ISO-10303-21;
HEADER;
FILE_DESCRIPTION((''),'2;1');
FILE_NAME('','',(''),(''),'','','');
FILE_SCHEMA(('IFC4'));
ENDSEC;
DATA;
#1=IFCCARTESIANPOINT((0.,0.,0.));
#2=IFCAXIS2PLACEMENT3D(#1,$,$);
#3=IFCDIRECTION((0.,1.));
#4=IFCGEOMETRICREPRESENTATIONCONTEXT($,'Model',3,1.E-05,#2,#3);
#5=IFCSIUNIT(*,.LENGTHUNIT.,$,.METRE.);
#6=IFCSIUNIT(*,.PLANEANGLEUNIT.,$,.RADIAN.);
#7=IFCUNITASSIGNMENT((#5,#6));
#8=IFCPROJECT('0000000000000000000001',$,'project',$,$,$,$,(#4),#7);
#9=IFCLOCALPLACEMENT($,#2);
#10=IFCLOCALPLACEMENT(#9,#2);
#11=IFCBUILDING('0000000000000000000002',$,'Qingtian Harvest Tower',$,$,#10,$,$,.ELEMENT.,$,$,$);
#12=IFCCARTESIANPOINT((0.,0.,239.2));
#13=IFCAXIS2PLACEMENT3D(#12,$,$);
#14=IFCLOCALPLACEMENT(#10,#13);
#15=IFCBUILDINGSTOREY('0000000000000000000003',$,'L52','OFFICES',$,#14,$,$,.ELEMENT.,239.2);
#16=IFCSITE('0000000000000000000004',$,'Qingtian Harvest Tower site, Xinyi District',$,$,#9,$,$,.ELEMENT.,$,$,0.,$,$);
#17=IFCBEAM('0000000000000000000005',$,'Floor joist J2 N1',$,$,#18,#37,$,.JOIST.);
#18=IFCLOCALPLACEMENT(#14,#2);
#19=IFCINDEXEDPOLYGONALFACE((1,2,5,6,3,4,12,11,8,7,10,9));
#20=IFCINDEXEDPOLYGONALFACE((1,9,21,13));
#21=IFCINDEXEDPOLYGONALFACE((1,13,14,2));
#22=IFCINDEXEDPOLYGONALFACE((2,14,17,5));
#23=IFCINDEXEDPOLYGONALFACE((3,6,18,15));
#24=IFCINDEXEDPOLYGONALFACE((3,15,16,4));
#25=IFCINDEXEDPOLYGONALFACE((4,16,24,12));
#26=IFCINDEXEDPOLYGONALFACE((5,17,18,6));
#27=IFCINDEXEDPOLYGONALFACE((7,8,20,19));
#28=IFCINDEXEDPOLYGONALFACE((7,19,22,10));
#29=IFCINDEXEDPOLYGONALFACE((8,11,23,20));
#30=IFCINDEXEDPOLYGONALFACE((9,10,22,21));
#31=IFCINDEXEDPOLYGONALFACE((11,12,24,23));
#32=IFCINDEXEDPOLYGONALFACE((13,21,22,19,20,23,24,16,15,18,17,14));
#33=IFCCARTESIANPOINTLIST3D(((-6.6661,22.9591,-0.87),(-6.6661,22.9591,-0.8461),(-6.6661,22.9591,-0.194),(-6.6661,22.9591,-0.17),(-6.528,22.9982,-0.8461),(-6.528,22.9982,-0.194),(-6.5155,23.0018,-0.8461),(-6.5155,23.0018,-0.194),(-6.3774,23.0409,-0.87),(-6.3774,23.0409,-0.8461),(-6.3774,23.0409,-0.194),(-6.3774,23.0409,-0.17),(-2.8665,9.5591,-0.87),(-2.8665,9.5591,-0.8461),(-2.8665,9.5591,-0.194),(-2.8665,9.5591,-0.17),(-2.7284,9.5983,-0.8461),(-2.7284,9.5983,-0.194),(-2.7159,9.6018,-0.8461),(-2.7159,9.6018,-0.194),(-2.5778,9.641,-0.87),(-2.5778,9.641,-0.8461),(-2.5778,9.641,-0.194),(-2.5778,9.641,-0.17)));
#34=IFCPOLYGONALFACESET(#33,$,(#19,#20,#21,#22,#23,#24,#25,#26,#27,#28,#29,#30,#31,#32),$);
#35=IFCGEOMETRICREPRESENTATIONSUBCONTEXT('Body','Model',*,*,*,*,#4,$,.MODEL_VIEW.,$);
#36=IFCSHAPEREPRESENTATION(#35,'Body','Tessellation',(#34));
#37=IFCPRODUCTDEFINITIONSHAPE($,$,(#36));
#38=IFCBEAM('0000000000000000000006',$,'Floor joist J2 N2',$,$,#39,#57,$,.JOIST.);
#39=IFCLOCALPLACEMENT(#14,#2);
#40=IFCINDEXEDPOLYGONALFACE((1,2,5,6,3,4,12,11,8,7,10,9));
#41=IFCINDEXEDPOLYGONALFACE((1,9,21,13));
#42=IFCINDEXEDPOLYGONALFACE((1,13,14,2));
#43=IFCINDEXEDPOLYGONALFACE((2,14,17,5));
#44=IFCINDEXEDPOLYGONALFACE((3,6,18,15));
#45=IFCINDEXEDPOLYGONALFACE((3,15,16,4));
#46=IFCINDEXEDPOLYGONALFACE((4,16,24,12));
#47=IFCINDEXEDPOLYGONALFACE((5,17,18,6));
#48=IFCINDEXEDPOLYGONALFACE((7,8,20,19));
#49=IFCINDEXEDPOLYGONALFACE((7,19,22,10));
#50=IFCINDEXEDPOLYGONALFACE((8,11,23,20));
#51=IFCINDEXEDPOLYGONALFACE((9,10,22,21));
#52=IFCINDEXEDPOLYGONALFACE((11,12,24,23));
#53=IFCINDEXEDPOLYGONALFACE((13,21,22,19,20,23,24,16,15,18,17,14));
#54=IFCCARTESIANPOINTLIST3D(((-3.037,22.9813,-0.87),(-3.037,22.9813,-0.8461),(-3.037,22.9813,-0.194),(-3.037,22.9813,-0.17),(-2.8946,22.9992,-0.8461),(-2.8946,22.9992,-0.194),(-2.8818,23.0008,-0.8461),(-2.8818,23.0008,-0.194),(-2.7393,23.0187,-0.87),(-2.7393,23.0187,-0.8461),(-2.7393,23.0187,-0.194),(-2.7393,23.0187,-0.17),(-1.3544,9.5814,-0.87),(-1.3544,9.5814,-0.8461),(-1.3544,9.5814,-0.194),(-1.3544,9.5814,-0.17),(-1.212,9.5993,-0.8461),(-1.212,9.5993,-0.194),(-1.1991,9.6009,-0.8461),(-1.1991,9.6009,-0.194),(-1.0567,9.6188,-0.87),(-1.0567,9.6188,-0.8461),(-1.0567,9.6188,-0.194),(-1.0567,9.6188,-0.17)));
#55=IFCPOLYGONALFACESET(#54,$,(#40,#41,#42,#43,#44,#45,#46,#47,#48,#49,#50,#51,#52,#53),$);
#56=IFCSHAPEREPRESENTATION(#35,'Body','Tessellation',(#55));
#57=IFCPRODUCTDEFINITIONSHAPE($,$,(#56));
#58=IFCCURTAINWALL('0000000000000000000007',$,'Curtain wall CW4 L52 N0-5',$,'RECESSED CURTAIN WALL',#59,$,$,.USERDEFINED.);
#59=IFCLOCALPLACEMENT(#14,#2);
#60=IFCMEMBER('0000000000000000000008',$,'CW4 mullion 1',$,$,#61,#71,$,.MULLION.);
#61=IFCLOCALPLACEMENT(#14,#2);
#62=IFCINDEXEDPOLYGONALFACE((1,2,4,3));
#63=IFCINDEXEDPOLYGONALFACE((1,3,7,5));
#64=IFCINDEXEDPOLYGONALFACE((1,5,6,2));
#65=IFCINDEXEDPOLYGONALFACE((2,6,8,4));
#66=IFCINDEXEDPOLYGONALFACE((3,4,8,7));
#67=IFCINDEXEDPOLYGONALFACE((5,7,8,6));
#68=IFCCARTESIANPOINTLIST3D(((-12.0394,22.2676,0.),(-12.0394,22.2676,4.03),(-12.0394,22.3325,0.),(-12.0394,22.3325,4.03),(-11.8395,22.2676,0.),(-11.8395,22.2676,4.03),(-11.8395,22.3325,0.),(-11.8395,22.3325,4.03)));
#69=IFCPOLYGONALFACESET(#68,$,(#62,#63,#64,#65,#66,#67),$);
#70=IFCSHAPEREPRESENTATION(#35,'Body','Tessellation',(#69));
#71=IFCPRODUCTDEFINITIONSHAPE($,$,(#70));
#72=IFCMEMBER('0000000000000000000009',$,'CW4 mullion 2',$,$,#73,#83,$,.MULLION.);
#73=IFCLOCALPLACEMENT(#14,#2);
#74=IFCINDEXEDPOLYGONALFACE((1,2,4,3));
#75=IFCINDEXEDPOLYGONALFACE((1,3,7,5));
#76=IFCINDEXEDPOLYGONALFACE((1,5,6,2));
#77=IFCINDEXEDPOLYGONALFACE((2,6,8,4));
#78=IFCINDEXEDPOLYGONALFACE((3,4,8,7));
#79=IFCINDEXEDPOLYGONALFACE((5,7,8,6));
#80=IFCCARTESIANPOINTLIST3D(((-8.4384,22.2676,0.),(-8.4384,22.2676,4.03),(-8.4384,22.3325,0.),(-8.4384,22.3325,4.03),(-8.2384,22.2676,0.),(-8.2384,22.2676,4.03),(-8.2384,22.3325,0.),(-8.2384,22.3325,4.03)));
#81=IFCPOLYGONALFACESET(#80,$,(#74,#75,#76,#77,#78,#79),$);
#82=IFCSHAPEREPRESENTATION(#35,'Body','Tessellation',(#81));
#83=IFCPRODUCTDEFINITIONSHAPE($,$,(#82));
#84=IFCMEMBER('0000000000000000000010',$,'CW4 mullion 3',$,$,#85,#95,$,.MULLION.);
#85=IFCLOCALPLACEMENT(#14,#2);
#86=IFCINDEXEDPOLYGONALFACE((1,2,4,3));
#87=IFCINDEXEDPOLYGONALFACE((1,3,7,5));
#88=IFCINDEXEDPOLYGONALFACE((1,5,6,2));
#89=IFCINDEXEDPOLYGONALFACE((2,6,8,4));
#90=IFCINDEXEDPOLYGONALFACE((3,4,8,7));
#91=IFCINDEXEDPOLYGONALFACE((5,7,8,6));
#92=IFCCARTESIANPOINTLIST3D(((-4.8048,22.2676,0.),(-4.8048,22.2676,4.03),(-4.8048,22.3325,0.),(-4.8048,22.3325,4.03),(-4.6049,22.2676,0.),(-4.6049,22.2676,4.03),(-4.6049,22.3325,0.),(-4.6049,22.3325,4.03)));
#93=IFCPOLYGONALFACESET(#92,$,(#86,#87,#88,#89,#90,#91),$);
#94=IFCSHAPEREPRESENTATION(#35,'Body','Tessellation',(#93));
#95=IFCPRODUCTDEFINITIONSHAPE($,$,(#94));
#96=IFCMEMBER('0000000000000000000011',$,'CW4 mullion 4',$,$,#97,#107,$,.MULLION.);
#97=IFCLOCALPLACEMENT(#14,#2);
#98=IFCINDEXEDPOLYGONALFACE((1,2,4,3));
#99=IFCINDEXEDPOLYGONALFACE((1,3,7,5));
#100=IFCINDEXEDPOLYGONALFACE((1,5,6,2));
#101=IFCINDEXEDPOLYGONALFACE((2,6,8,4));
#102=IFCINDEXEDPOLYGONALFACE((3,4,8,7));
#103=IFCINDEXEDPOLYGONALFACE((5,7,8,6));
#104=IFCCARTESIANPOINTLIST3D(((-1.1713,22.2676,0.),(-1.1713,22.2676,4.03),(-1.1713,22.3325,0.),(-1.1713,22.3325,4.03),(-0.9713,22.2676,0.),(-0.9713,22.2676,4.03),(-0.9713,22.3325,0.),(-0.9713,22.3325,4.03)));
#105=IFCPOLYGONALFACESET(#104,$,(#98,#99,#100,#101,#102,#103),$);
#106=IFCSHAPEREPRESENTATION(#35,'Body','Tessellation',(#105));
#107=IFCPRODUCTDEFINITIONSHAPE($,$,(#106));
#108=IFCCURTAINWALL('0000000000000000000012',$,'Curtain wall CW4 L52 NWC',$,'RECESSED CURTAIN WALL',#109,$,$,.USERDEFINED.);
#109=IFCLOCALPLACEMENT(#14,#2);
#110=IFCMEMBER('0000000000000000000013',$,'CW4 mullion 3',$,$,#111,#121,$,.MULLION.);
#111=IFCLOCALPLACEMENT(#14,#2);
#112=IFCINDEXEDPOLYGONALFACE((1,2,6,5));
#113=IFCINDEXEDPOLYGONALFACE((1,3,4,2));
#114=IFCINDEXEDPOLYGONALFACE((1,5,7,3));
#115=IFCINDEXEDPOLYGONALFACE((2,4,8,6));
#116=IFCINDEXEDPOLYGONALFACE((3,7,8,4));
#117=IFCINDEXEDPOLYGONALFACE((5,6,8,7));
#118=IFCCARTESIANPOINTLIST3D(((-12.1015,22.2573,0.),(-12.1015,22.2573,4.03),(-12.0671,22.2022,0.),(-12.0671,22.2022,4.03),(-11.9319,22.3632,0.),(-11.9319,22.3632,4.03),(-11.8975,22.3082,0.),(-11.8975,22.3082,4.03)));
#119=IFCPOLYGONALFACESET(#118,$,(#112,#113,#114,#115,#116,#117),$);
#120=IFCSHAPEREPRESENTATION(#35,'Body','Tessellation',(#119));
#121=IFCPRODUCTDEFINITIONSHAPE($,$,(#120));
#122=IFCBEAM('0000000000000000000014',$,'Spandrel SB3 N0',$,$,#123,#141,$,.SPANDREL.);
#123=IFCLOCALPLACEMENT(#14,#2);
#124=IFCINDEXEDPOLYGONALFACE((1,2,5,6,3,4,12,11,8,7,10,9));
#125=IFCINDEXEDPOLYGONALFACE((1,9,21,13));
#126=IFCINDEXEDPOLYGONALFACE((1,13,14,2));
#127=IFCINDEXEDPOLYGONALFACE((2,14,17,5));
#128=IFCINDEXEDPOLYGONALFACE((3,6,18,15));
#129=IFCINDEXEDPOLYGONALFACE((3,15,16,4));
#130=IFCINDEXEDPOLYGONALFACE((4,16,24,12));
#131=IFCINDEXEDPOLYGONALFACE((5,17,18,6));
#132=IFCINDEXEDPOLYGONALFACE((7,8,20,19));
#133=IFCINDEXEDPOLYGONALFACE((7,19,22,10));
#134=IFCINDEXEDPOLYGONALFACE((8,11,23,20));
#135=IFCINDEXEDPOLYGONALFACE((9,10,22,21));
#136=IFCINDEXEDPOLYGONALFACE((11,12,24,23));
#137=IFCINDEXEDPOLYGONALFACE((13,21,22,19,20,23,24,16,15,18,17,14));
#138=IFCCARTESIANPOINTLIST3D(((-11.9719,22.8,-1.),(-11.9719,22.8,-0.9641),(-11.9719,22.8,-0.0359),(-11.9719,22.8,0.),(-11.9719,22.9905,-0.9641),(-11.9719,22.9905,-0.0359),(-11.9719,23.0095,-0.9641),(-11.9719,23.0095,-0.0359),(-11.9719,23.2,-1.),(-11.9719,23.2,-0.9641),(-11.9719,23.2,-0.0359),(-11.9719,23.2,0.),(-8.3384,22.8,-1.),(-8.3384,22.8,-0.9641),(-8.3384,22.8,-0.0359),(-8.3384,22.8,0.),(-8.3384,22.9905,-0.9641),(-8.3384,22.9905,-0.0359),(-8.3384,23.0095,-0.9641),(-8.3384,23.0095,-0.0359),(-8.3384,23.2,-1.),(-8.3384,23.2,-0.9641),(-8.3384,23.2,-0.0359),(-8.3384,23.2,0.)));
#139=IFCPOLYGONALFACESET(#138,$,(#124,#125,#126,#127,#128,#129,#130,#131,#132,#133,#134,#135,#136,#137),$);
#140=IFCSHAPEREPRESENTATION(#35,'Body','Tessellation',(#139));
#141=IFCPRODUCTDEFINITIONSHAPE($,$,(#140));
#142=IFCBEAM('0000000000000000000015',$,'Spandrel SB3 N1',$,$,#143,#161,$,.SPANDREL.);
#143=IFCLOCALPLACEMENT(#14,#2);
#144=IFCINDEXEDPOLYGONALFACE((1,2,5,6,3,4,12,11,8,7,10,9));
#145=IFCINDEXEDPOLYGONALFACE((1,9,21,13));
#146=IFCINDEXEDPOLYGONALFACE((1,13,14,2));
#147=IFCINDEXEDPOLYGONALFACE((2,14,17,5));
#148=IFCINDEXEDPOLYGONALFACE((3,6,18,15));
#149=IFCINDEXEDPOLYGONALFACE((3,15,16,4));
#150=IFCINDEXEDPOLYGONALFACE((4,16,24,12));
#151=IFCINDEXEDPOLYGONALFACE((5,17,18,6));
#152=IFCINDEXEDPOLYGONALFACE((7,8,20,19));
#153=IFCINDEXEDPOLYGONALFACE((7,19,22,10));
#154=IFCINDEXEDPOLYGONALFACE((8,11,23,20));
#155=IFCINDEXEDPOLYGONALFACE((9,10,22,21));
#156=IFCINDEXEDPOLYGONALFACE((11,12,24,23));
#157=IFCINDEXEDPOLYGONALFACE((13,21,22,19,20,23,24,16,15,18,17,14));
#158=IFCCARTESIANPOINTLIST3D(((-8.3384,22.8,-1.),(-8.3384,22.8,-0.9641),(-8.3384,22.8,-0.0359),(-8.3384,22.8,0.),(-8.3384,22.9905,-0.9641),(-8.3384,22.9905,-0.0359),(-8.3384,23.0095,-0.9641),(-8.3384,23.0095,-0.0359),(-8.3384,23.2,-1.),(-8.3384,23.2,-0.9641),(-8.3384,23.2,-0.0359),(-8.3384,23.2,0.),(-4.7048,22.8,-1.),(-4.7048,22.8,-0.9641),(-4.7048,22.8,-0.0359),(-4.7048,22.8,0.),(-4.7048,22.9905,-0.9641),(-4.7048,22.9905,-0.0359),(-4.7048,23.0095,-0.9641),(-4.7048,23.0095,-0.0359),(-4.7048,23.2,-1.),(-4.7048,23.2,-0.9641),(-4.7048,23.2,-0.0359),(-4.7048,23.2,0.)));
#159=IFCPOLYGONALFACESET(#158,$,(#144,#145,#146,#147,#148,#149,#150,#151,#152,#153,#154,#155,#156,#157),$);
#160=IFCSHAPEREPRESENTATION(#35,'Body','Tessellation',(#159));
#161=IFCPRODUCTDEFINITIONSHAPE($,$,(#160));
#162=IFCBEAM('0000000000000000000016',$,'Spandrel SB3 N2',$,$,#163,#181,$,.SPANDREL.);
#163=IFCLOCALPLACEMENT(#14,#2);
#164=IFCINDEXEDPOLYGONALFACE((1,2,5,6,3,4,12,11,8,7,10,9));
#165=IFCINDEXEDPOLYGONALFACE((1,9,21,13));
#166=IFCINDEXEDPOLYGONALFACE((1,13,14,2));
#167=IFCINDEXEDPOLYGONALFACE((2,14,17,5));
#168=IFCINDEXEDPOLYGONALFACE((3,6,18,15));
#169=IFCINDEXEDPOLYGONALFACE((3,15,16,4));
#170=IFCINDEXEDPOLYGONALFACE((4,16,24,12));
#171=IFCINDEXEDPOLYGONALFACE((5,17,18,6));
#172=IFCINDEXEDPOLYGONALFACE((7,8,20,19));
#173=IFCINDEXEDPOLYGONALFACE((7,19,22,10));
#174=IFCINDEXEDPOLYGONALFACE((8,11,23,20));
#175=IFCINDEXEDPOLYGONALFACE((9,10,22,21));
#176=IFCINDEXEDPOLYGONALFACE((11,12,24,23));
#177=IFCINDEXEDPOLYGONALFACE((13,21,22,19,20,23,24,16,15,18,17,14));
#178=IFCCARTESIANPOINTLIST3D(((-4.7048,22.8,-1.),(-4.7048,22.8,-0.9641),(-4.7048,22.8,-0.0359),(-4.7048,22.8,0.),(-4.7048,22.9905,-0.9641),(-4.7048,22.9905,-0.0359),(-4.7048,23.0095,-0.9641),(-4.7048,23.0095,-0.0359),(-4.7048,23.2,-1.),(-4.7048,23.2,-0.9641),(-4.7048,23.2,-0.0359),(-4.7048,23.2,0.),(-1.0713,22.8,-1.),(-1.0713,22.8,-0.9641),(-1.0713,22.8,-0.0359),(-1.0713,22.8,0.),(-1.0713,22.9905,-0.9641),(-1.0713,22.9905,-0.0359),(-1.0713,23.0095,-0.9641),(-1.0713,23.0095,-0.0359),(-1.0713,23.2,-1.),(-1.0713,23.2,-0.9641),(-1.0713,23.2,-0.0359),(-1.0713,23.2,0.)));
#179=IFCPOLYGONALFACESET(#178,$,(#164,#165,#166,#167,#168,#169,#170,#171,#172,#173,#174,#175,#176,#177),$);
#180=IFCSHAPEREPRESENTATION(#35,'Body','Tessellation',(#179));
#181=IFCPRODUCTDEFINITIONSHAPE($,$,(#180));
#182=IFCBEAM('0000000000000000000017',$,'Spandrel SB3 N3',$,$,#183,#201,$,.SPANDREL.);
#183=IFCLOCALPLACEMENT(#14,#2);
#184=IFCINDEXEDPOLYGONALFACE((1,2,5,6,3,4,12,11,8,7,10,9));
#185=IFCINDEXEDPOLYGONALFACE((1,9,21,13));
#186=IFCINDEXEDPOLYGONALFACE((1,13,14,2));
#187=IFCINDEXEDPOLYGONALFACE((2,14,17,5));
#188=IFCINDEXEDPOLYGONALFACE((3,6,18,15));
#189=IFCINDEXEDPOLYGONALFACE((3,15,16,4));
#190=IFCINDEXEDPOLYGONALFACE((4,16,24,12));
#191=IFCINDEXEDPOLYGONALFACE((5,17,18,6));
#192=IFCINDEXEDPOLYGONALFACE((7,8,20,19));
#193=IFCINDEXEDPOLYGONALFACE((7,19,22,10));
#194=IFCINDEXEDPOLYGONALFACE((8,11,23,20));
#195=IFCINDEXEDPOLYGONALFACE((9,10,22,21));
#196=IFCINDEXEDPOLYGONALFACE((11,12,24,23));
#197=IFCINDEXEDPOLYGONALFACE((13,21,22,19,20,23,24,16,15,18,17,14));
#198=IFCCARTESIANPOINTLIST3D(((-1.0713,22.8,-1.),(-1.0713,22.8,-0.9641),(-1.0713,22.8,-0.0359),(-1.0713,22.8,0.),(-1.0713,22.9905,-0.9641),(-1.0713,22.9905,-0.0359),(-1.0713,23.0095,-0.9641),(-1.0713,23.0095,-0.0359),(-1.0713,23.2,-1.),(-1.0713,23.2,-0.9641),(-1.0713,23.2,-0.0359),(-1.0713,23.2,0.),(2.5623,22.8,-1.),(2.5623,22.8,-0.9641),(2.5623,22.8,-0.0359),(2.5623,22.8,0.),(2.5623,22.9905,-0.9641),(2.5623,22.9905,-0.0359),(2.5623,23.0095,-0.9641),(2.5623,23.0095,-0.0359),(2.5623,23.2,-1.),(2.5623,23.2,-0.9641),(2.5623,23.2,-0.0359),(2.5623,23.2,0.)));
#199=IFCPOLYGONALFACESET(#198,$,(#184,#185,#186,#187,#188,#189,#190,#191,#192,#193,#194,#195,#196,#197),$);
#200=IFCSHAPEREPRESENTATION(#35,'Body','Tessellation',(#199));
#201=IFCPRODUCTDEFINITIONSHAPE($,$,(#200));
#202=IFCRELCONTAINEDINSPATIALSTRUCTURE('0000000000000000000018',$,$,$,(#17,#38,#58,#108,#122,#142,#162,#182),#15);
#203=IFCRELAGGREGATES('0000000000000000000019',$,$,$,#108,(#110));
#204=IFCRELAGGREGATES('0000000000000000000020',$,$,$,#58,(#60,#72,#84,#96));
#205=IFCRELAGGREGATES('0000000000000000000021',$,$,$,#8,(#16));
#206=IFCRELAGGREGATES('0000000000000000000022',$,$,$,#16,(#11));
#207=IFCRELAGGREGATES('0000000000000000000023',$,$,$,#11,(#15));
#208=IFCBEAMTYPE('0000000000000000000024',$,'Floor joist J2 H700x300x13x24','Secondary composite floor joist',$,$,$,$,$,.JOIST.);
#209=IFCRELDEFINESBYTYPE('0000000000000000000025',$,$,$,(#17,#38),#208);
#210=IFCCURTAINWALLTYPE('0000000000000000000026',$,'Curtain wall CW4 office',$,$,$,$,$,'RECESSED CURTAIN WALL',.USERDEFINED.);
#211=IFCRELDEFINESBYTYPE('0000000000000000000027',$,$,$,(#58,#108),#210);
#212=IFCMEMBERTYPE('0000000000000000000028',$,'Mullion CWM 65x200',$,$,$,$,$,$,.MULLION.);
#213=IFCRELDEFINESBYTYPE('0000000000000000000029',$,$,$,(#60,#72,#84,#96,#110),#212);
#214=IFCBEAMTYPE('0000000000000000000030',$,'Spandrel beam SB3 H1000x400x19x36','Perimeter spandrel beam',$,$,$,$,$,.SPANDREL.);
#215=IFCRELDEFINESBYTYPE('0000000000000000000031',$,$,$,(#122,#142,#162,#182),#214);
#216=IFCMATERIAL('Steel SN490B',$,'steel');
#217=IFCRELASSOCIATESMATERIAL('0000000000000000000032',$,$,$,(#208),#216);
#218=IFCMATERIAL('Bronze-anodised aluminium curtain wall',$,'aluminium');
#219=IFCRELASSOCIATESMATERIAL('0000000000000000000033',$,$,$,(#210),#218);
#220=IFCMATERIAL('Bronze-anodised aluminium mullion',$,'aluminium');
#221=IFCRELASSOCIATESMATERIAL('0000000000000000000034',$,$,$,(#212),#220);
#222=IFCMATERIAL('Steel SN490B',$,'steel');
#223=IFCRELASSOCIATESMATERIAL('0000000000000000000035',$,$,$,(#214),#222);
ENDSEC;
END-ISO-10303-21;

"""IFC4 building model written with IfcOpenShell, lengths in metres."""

from ifc_helpers import new_model, si_unit, direction, frame, origin, origin_2d, place, context, subcontext, project, spatial, rectangle, i_section, extrude, material, material_profile, profile_set, type_object, element, aggregate, save


model = new_model("IFC4")

# Units and contexts
model_context = context("Model", 3, precision=1e-05, world=origin(), true_north=direction((0.0, 1.0)))
body_context = subcontext(model_context, "Body", "Model", "MODEL_VIEW")
ifc_project = project(units=[si_unit("LENGTHUNIT", "METRE"), si_unit("PLANEANGLEUNIT", "RADIAN")], contexts=[model_context])

# Site, building, storey
site_placement = place(None, origin())
site = spatial("IfcSite", under=ifc_project, at=site_placement, Name="Qingtian Harvest Tower site, Xinyi District", CompositionType="ELEMENT", RefElevation=0.0)
building_placement = place(site_placement, origin())
building = spatial("IfcBuilding", under=site, at=building_placement, Name="Qingtian Harvest Tower", CompositionType="ELEMENT")
storey_placement = place(building_placement, frame((0.0, 0.0, 239.2)))
storey = spatial("IfcBuildingStorey", under=building, at=storey_placement, Name="L52", Description="OFFICES", CompositionType="ELEMENT", Elevation=239.2)

# Beams
ifc_material_1 = material(Name="Steel SN490B", Category="steel")
ifc_material_profile_1 = material_profile(ifc_material_1, i_section(OverallWidth=0.3, OverallDepth=0.7, WebThickness=0.0129, FlangeThickness=0.0239, at=origin_2d()), Name="H700x300x13x24")
ifc_profile_set_1 = profile_set([ifc_material_profile_1], Name="Steel SN490B")
beam_type_1 = type_object("IfcBeamType", Name="Floor joist J2 H700x300x13x24", Description="Secondary composite floor joist", PredefinedType="JOIST", material=ifc_profile_set_1)
beam_1_placement = place(storey_placement, frame((-6.5217, 23.0, -0.52), z_axis=(0.272797, -0.962072, 0.0), x_axis=(0.962072, 0.272797, 0.0)))
element("IfcBeam", 1, at=beam_1_placement, inside=storey, type_object=beam_type_1, Name="Floor joist J2 N1", PredefinedType="JOIST", context=body_context, shape_type="SweptSolid", body=[
    extrude(i_section(OverallWidth=0.3, OverallDepth=0.7, WebThickness=0.0129, FlangeThickness=0.0239, at=origin_2d()), origin(), (0.0, 0.0, 1.0), 13.9282),
])
beam_2_placement = place(storey_placement, frame((-2.8882, 23.0, -0.52), z_axis=(0.124591, -0.992208, 0.0), x_axis=(0.992208, 0.124591, 0.0)))
element("IfcBeam", 2, at=beam_2_placement, inside=storey, type_object=beam_type_1, Name="Floor joist J2 N2", PredefinedType="JOIST", context=body_context, shape_type="SweptSolid", body=[
    extrude(i_section(OverallWidth=0.3, OverallDepth=0.7, WebThickness=0.0129, FlangeThickness=0.0239, at=origin_2d()), origin(), (0.0, 0.0, 1.0), 13.5051),
])

# Curtain wall, members
ifc_material_2 = material(Name="Bronze-anodised aluminium curtain wall", Category="aluminium")
curtain_wall_type = type_object("IfcCurtainWallType", Name="Curtain wall CW4 office", ElementType="RECESSED CURTAIN WALL", PredefinedType="USERDEFINED", material=ifc_material_2)
curtain_wall_1_placement = place(storey_placement, origin())
curtain_wall_1 = element("IfcCurtainWall", 3, at=curtain_wall_1_placement, inside=storey, type_object=curtain_wall_type, Name="Curtain wall CW4 L52 N0-5", ObjectType="RECESSED CURTAIN WALL", PredefinedType="USERDEFINED")
ifc_material_3 = material(Name="Bronze-anodised aluminium mullion", Category="aluminium")
ifc_material_profile_2 = material_profile(ifc_material_3, rectangle(XDim=0.0649, YDim=0.2, at=origin_2d()), Name="AL 65x200")
ifc_profile_set_2 = profile_set([ifc_material_profile_2], Name="Bronze-anodised aluminium mullion")
member_type_1 = type_object("IfcMemberType", Name="Mullion CWM 65x200", PredefinedType="MULLION", material=ifc_profile_set_2)
member_1_placement = place(storey_placement, frame((-11.9395, 22.3, 0.0), z_axis=(0.0, 0.0, 1.0), x_axis=(0.0, 1.0, 0.0)))
member_1 = element("IfcMember", 4, at=member_1_placement, type_object=member_type_1, Name="CW4 mullion 1", PredefinedType="MULLION", context=body_context, shape_type="SweptSolid", body=[
    extrude(rectangle(XDim=0.0649, YDim=0.2, at=origin_2d()), origin(), (0.0, 0.0, 1.0), 4.03),
])
member_2_placement = place(storey_placement, frame((-8.3384, 22.3, 0.0), z_axis=(0.0, 0.0, 1.0), x_axis=(0.0, 1.0, 0.0)))
member_2 = element("IfcMember", 5, at=member_2_placement, type_object=member_type_1, Name="CW4 mullion 2", PredefinedType="MULLION", context=body_context, shape_type="SweptSolid", body=[
    extrude(rectangle(XDim=0.0649, YDim=0.2, at=origin_2d()), origin(), (0.0, 0.0, 1.0), 4.03),
])
member_3_placement = place(storey_placement, frame((-4.7048, 22.3, 0.0), z_axis=(0.0, 0.0, 1.0), x_axis=(0.0, 1.0, 0.0)))
member_3 = element("IfcMember", 6, at=member_3_placement, type_object=member_type_1, Name="CW4 mullion 3", PredefinedType="MULLION", context=body_context, shape_type="SweptSolid", body=[
    extrude(rectangle(XDim=0.0649, YDim=0.2, at=origin_2d()), origin(), (0.0, 0.0, 1.0), 4.03),
])
member_4_placement = place(storey_placement, frame((-1.0713, 22.3, 0.0), z_axis=(0.0, 0.0, 1.0), x_axis=(0.0, 1.0, 0.0)))
member_4 = element("IfcMember", 7, at=member_4_placement, type_object=member_type_1, Name="CW4 mullion 4", PredefinedType="MULLION", context=body_context, shape_type="SweptSolid", body=[
    extrude(rectangle(XDim=0.0649, YDim=0.2, at=origin_2d()), origin(), (0.0, 0.0, 1.0), 4.03),
])

# Curtain wall, member
curtain_wall_2_placement = place(storey_placement, origin())
curtain_wall_2 = element("IfcCurtainWall", 8, at=curtain_wall_2_placement, inside=storey, type_object=curtain_wall_type, Name="Curtain wall CW4 L52 NWC", ObjectType="RECESSED CURTAIN WALL", PredefinedType="USERDEFINED")
member_5_placement = place(storey_placement, frame((-11.9995, 22.2827, 0.0), z_axis=(0.0, 0.0, 1.0), x_axis=(-0.529919, 0.848048, 0.0)))
member_5 = element("IfcMember", 9, at=member_5_placement, type_object=member_type_1, Name="CW4 mullion 3", PredefinedType="MULLION", context=body_context, shape_type="SweptSolid", body=[
    extrude(rectangle(XDim=0.0649, YDim=0.2, at=origin_2d()), origin(), (0.0, 0.0, 1.0), 4.03),
])
aggregate(curtain_wall_2, [member_5])

# Beams
ifc_material_4 = material(Name="Steel SN490B", Category="steel")
ifc_material_profile_3 = material_profile(ifc_material_4, i_section(OverallWidth=0.3999, OverallDepth=1.0, WebThickness=0.019, FlangeThickness=0.0359, at=origin_2d()), Name="H1000x400x19x36")
ifc_profile_set_3 = profile_set([ifc_material_profile_3], Name="Steel SN490B")
beam_type_2 = type_object("IfcBeamType", Name="Spandrel beam SB3 H1000x400x19x36", Description="Perimeter spandrel beam", PredefinedType="SPANDREL", material=ifc_profile_set_3)
for number, where, z_axis, x_axis, name in (
    (10, (-11.9719, 23.0, -0.5), (1.0, 0.0, 0.0), (0.0, 1.0, 0.0), "Spandrel SB3 N0"),
    (11, (-8.3384, 23.0, -0.5), (1.0, 0.0, 0.0), (0.0, 1.0, 0.0), "Spandrel SB3 N1"),
    (12, (-4.7048, 23.0, -0.5), (1.0, 0.0, 0.0), (0.0, 1.0, 0.0), "Spandrel SB3 N2"),
    (13, (-1.0713, 23.0, -0.5), (1.0, 0.0, 0.0), (0.0, 1.0, 0.0), "Spandrel SB3 N3"),
):
    element("IfcBeam", number, at=place(storey_placement, frame(where, z_axis=z_axis, x_axis=x_axis)), inside=storey, type_object=beam_type_2, Name=name, PredefinedType="SPANDREL", context=body_context, shape_type="SweptSolid", body=[
        extrude(i_section(OverallWidth=0.3999, OverallDepth=1.0, WebThickness=0.019, FlangeThickness=0.0359, at=origin_2d()), origin(), (0.0, 0.0, 1.0), 3.6335),
    ])

aggregate(curtain_wall_1, [member_1, member_2, member_3, member_4])

save(model, "model.ifc")
